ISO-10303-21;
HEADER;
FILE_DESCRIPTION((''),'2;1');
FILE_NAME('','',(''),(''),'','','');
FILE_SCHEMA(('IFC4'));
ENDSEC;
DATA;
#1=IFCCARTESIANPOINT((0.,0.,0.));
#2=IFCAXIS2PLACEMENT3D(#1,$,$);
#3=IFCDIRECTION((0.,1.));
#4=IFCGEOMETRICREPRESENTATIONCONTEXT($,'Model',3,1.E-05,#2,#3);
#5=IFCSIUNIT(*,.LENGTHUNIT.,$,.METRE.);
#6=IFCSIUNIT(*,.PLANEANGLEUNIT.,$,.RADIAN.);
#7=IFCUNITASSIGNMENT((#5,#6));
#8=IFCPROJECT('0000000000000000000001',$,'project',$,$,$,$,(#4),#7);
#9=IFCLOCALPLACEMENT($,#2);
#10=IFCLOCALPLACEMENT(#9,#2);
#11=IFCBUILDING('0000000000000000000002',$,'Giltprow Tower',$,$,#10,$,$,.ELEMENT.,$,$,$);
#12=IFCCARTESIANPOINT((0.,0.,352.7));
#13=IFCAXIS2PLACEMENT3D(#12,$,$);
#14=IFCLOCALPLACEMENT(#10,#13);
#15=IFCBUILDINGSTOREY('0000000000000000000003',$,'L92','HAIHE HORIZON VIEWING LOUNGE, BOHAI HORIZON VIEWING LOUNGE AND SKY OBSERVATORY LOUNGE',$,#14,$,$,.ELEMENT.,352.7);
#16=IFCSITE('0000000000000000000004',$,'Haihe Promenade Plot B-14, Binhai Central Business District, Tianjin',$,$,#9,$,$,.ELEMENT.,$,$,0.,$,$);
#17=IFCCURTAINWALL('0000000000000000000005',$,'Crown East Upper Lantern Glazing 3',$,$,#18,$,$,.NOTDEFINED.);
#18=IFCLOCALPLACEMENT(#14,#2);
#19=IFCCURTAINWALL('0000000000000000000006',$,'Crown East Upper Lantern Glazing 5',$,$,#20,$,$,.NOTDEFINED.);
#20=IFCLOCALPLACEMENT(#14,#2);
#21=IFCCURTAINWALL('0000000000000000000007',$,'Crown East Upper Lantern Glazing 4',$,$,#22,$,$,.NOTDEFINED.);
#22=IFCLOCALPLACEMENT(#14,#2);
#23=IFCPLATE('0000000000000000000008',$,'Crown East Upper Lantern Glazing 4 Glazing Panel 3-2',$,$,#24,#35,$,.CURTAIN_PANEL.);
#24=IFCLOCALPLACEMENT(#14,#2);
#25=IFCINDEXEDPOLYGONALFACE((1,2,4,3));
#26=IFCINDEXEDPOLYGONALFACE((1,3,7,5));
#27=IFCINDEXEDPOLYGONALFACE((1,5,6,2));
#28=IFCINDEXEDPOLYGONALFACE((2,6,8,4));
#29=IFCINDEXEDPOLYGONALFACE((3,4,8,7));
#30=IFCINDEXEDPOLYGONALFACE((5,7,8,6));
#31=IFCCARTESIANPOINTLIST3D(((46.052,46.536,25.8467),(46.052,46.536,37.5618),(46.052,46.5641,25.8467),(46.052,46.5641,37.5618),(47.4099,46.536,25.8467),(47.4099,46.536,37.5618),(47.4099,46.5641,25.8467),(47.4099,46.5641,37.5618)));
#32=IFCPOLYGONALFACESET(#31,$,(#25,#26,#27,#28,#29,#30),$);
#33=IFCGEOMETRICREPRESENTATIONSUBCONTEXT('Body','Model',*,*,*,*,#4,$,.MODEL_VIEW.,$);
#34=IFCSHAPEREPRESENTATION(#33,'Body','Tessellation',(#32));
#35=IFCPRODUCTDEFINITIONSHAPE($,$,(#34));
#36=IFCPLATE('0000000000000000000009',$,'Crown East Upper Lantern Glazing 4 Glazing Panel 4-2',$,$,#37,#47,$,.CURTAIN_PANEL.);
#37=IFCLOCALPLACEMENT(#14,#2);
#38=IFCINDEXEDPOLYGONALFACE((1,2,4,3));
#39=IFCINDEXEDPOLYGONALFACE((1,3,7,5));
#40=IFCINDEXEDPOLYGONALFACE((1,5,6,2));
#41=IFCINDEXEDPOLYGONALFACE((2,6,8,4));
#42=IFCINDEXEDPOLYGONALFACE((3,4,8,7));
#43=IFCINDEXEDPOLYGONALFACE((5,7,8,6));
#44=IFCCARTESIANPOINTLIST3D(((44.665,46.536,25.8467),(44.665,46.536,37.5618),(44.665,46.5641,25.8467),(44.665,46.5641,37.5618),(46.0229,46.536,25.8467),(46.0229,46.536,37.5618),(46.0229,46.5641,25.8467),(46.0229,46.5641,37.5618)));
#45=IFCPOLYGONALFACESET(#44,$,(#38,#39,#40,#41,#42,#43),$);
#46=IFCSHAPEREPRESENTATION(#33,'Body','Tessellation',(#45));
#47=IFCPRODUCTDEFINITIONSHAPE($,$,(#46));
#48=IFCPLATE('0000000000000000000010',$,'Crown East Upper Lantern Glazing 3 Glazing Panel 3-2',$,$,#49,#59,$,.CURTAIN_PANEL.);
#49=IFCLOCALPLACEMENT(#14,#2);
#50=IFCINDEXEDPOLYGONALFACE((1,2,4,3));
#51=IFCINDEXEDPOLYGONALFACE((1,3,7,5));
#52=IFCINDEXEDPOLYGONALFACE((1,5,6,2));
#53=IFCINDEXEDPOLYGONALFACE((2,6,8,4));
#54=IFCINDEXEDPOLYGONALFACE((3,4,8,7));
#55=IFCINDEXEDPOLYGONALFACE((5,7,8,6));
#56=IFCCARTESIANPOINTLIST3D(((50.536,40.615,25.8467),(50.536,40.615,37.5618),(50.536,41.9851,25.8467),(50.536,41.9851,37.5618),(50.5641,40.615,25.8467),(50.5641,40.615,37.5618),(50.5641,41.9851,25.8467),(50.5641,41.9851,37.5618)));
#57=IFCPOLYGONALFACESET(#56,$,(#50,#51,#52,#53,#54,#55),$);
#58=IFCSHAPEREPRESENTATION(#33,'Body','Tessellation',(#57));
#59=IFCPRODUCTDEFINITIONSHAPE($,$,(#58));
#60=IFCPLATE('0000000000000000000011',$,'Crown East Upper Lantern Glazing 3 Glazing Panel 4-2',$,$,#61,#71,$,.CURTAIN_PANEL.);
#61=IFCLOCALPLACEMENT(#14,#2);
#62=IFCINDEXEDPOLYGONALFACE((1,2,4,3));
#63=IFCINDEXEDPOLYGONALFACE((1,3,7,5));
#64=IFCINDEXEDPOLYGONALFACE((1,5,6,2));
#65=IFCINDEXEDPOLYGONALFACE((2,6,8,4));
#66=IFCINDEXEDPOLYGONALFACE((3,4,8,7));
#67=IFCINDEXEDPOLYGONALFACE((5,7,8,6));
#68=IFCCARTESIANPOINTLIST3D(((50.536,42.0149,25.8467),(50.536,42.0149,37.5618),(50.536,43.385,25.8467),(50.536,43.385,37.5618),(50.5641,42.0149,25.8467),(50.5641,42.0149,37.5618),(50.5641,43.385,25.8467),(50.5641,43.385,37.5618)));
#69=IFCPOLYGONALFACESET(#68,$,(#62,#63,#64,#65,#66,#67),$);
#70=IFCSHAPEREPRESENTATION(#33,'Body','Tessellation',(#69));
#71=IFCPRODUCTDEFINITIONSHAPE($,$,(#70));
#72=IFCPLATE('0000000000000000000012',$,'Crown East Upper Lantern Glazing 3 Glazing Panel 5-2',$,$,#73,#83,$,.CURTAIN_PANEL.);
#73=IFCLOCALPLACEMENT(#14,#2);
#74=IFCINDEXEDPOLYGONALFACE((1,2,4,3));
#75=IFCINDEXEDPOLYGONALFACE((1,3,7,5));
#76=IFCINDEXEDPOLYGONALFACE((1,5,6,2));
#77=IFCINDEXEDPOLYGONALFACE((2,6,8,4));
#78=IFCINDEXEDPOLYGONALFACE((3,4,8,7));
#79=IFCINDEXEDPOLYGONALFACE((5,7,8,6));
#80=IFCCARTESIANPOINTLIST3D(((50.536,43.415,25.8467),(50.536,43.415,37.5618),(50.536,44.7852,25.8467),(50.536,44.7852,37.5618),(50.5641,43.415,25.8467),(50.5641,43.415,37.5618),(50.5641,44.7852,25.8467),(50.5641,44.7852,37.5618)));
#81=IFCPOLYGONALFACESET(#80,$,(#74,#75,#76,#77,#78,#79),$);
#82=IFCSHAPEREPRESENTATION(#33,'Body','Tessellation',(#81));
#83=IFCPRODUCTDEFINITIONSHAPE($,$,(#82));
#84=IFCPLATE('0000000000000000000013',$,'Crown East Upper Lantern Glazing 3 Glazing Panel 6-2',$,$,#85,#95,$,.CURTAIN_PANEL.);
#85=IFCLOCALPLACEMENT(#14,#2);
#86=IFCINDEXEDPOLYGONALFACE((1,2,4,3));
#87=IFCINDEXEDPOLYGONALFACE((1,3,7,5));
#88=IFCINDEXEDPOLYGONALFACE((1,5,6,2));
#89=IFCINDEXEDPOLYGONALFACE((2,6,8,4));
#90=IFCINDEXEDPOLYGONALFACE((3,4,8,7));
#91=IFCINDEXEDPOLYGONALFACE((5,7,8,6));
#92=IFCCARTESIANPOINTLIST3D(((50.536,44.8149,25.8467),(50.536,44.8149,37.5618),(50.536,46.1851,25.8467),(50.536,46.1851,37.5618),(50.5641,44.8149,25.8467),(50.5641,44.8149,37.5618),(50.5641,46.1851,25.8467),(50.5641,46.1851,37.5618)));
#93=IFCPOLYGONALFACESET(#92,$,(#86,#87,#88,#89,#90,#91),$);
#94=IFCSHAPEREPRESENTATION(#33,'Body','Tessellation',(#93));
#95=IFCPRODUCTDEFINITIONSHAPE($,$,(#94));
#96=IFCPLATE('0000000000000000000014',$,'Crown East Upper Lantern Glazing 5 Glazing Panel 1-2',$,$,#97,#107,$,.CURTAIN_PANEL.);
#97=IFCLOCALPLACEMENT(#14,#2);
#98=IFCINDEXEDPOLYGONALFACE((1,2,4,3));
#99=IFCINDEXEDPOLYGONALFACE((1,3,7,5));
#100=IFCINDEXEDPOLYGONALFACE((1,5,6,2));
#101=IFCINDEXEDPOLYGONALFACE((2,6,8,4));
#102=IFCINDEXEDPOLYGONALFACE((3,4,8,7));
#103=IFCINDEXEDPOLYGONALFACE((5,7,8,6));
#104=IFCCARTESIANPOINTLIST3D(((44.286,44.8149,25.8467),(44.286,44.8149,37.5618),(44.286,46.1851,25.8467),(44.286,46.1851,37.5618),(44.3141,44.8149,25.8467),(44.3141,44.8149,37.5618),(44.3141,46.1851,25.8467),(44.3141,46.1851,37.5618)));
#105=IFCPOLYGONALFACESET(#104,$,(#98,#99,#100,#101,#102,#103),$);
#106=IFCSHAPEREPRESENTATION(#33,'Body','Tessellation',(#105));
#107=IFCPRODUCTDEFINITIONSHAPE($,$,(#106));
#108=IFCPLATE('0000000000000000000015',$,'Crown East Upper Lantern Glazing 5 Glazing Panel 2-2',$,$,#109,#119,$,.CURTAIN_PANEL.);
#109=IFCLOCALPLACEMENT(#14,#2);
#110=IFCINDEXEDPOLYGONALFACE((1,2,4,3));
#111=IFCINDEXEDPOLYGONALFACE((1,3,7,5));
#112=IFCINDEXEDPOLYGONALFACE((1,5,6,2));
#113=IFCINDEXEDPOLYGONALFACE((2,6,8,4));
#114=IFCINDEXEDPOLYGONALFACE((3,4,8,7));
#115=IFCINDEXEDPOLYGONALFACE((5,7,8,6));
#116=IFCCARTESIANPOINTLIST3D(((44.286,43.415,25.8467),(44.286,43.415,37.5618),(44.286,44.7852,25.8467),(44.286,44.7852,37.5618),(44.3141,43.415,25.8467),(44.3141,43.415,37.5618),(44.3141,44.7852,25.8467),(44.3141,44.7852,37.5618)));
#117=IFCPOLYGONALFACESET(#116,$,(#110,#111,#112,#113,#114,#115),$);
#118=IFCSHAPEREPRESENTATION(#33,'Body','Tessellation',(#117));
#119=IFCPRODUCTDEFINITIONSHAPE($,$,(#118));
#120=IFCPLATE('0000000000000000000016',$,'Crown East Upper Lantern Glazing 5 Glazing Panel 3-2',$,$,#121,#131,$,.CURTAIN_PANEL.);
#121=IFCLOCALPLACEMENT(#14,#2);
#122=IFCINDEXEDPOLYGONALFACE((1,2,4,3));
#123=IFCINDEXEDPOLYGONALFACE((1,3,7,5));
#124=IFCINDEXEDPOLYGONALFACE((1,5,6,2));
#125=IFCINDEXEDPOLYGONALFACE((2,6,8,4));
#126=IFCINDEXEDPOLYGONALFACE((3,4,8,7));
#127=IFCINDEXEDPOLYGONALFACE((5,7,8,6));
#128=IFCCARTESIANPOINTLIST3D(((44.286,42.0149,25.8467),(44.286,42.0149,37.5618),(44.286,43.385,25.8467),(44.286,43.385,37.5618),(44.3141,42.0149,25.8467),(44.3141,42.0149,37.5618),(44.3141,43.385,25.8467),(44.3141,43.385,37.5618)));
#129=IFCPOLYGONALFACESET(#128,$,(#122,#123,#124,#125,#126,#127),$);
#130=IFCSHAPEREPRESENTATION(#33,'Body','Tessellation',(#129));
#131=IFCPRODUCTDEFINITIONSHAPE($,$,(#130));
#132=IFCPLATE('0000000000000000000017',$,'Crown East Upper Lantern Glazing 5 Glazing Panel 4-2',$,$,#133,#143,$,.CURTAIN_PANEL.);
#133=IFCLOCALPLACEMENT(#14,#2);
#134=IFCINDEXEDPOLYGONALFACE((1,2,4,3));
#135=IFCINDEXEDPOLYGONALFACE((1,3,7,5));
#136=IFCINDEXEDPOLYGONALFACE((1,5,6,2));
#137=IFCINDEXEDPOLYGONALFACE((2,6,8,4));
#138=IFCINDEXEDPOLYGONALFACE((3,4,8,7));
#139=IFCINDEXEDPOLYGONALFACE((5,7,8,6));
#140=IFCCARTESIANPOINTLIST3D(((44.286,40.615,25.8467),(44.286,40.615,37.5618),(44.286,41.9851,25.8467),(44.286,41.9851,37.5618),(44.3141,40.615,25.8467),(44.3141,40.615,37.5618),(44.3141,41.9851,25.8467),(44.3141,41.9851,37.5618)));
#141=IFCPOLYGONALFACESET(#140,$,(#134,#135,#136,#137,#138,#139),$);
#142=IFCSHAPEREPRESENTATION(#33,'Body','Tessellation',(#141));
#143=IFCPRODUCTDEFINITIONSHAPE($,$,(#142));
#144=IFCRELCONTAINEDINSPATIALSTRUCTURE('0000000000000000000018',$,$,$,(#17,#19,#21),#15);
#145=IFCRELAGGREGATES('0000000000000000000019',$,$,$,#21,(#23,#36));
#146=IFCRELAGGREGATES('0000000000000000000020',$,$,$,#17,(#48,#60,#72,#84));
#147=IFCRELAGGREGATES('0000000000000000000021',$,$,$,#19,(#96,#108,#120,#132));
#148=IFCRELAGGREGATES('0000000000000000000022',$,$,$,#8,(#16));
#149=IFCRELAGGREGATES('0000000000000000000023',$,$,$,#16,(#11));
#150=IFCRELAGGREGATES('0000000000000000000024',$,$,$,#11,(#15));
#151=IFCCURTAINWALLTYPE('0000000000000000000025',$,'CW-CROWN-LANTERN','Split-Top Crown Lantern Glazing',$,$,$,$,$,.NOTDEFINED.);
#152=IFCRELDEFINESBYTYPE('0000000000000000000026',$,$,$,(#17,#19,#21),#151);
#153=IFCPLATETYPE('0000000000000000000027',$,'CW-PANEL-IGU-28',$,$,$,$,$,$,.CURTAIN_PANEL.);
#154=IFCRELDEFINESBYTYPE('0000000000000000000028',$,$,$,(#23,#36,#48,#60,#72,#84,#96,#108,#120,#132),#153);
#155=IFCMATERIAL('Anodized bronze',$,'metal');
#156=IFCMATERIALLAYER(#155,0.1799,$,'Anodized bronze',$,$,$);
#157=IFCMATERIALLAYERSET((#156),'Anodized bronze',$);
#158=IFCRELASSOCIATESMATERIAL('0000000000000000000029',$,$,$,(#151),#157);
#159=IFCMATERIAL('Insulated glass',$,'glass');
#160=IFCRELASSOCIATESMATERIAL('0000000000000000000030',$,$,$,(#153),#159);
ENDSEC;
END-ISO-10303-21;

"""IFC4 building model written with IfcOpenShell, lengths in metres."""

from ifc_helpers import new_model, si_unit, direction, frame, origin, origin_2d, place, context, subcontext, project, spatial, rectangle, extrude, source, transform, mapped, material, layer, layer_set, type_object, element, aggregate, save


model = new_model("IFC4")

# Units and contexts
model_context = context("Model", 3, precision=1e-05, world=origin(), true_north=direction((0.0, 1.0)))
body_context = subcontext(model_context, "Body", "Model", "MODEL_VIEW")
ifc_project = project(units=[si_unit("LENGTHUNIT", "METRE"), si_unit("PLANEANGLEUNIT", "RADIAN")], contexts=[model_context])

# Site, building, storey
site_placement = place(None, origin())
site = spatial("IfcSite", under=ifc_project, at=site_placement, Name="Haihe Promenade Plot B-14, Binhai Central Business District, Tianjin", CompositionType="ELEMENT", RefElevation=0.0)
building_placement = place(site_placement, origin())
building = spatial("IfcBuilding", under=site, at=building_placement, Name="Giltprow Tower", CompositionType="ELEMENT")
storey_placement = place(building_placement, frame((0.0, 0.0, 352.7)))
storey = spatial("IfcBuildingStorey", under=building, at=storey_placement, Name="L92", Description="HAIHE HORIZON VIEWING LOUNGE, BOHAI HORIZON VIEWING LOUNGE AND SKY OBSERVATORY LOUNGE", CompositionType="ELEMENT", Elevation=352.7)

# Curtain walls
ifc_material_1 = material(Name="Anodized bronze", Category="metal")
ifc_layer = layer(ifc_material_1, 0.1799, Name="Anodized bronze")
ifc_layer_set = layer_set([ifc_layer], Name="Anodized bronze")
curtain_wall_type = type_object("IfcCurtainWallType", Name="CW-CROWN-LANTERN", Description="Split-Top Crown Lantern Glazing", PredefinedType="NOTDEFINED", material=ifc_layer_set)
curtain_wall_1_placement = place(storey_placement, origin())
curtain_wall_1 = element("IfcCurtainWall", 1, at=curtain_wall_1_placement, inside=storey, type_object=curtain_wall_type, Name="Crown East Upper Lantern Glazing 3", PredefinedType="NOTDEFINED")
curtain_wall_2_placement = place(storey_placement, origin())
curtain_wall_2 = element("IfcCurtainWall", 2, at=curtain_wall_2_placement, inside=storey, type_object=curtain_wall_type, Name="Crown East Upper Lantern Glazing 5", PredefinedType="NOTDEFINED")
curtain_wall_3_placement = place(storey_placement, origin())
curtain_wall_3 = element("IfcCurtainWall", 3, at=curtain_wall_3_placement, inside=storey, type_object=curtain_wall_type, Name="Crown East Upper Lantern Glazing 4", PredefinedType="NOTDEFINED")

# Plates
ifc_material_2 = material(Name="Insulated glass", Category="glass")
plate_type_1 = type_object("IfcPlateType", Name="CW-PANEL-IGU-28", PredefinedType="CURTAIN_PANEL", material=ifc_material_2)
shared_shape_1 = source(origin(), body_context, "Body", "SweptSolid", [
    extrude(rectangle(XDim=1.3579, YDim=0.0281, at=origin_2d()), origin(), (0.0, 0.0, 1.0), 11.7151),
])
plate_1_placement = place(storey_placement, frame((46.731, 46.55, 25.8467), z_axis=(0.0, 0.0, 1.0), x_axis=(-1.0, 0.0, 0.0)))
plate_1 = element("IfcPlate", 4, at=plate_1_placement, type_object=plate_type_1, Name="Crown East Upper Lantern Glazing 4 Glazing Panel 3-2", PredefinedType="CURTAIN_PANEL", context=body_context, shape_type="MappedRepresentation", body=[
    mapped(shared_shape_1, transform((0.0, 0.0, 0.0), x_axis=(1.0, 0.0, 0.0), y_axis=(0.0, 1.0, 0.0), z_axis=(0.0, 0.0, 1.0), scale=1.0)),
])
plate_2_placement = place(storey_placement, frame((45.344, 46.55, 25.8467), z_axis=(0.0, 0.0, 1.0), x_axis=(-1.0, 0.0, 0.0)))
plate_2 = element("IfcPlate", 5, at=plate_2_placement, type_object=plate_type_1, Name="Crown East Upper Lantern Glazing 4 Glazing Panel 4-2", PredefinedType="CURTAIN_PANEL", context=body_context, shape_type="MappedRepresentation", body=[
    mapped(shared_shape_1, transform((0.0, 0.0, 0.0), x_axis=(1.0, 0.0, 0.0), y_axis=(0.0, 1.0, 0.0), z_axis=(0.0, 0.0, 1.0), scale=1.0)),
])
aggregate(curtain_wall_3, [plate_1, plate_2])
shared_shape_2 = source(origin(), body_context, "Body", "SweptSolid", [
    extrude(rectangle(XDim=1.3701, YDim=0.0281, at=origin_2d()), origin(), (0.0, 0.0, 1.0), 11.7151),
])
plate_3_placement = place(storey_placement, frame((50.55, 41.3, 25.8467), z_axis=(0.0, 0.0, 1.0), x_axis=(0.0, 1.0, 0.0)))
plate_3 = element("IfcPlate", 6, at=plate_3_placement, type_object=plate_type_1, Name="Crown East Upper Lantern Glazing 3 Glazing Panel 3-2", PredefinedType="CURTAIN_PANEL", context=body_context, shape_type="MappedRepresentation", body=[
    mapped(shared_shape_2, transform((0.0, 0.0, 0.0), x_axis=(1.0, 0.0, 0.0), y_axis=(0.0, 1.0, 0.0), z_axis=(0.0, 0.0, 1.0), scale=1.0)),
])
plate_4_placement = place(storey_placement, frame((50.55, 42.7, 25.8467), z_axis=(0.0, 0.0, 1.0), x_axis=(0.0, 1.0, 0.0)))
plate_4 = element("IfcPlate", 7, at=plate_4_placement, type_object=plate_type_1, Name="Crown East Upper Lantern Glazing 3 Glazing Panel 4-2", PredefinedType="CURTAIN_PANEL", context=body_context, shape_type="MappedRepresentation", body=[
    mapped(shared_shape_2, transform((0.0, 0.0, 0.0), x_axis=(1.0, 0.0, 0.0), y_axis=(0.0, 1.0, 0.0), z_axis=(0.0, 0.0, 1.0), scale=1.0)),
])
plate_5_placement = place(storey_placement, frame((50.55, 44.1001, 25.8467), z_axis=(0.0, 0.0, 1.0), x_axis=(0.0, 1.0, 0.0)))
plate_5 = element("IfcPlate", 8, at=plate_5_placement, type_object=plate_type_1, Name="Crown East Upper Lantern Glazing 3 Glazing Panel 5-2", PredefinedType="CURTAIN_PANEL", context=body_context, shape_type="MappedRepresentation", body=[
    mapped(shared_shape_2, transform((0.0, 0.0, 0.0), x_axis=(1.0, 0.0, 0.0), y_axis=(0.0, 1.0, 0.0), z_axis=(0.0, 0.0, 1.0), scale=1.0)),
])
plate_6_placement = place(storey_placement, frame((50.55, 45.5, 25.8467), z_axis=(0.0, 0.0, 1.0), x_axis=(0.0, 1.0, 0.0)))
plate_6 = element("IfcPlate", 9, at=plate_6_placement, type_object=plate_type_1, Name="Crown East Upper Lantern Glazing 3 Glazing Panel 6-2", PredefinedType="CURTAIN_PANEL", context=body_context, shape_type="MappedRepresentation", body=[
    mapped(shared_shape_2, transform((0.0, 0.0, 0.0), x_axis=(1.0, 0.0, 0.0), y_axis=(0.0, 1.0, 0.0), z_axis=(0.0, 0.0, 1.0), scale=1.0)),
])
aggregate(curtain_wall_1, [plate_3, plate_4, plate_5, plate_6])
plate_7_placement = place(storey_placement, frame((44.3, 45.5, 25.8467), z_axis=(0.0, 0.0, 1.0), x_axis=(0.0, -1.0, 0.0)))
plate_7 = element("IfcPlate", 10, at=plate_7_placement, type_object=plate_type_1, Name="Crown East Upper Lantern Glazing 5 Glazing Panel 1-2", PredefinedType="CURTAIN_PANEL", context=body_context, shape_type="MappedRepresentation", body=[
    mapped(shared_shape_2, transform((0.0, 0.0, 0.0), x_axis=(1.0, 0.0, 0.0), y_axis=(0.0, 1.0, 0.0), z_axis=(0.0, 0.0, 1.0), scale=1.0)),
])
plate_8_placement = place(storey_placement, frame((44.3, 44.1001, 25.8467), z_axis=(0.0, 0.0, 1.0), x_axis=(0.0, -1.0, 0.0)))
plate_8 = element("IfcPlate", 11, at=plate_8_placement, type_object=plate_type_1, Name="Crown East Upper Lantern Glazing 5 Glazing Panel 2-2", PredefinedType="CURTAIN_PANEL", context=body_context, shape_type="MappedRepresentation", body=[
    mapped(shared_shape_2, transform((0.0, 0.0, 0.0), x_axis=(1.0, 0.0, 0.0), y_axis=(0.0, 1.0, 0.0), z_axis=(0.0, 0.0, 1.0), scale=1.0)),
])
plate_9_placement = place(storey_placement, frame((44.3, 42.7, 25.8467), z_axis=(0.0, 0.0, 1.0), x_axis=(0.0, -1.0, 0.0)))
plate_9 = element("IfcPlate", 12, at=plate_9_placement, type_object=plate_type_1, Name="Crown East Upper Lantern Glazing 5 Glazing Panel 3-2", PredefinedType="CURTAIN_PANEL", context=body_context, shape_type="MappedRepresentation", body=[
    mapped(shared_shape_2, transform((0.0, 0.0, 0.0), x_axis=(1.0, 0.0, 0.0), y_axis=(0.0, 1.0, 0.0), z_axis=(0.0, 0.0, 1.0), scale=1.0)),
])
plate_10_placement = place(storey_placement, frame((44.3, 41.3, 25.8467), z_axis=(0.0, 0.0, 1.0), x_axis=(0.0, -1.0, 0.0)))
plate_10 = element("IfcPlate", 13, at=plate_10_placement, type_object=plate_type_1, Name="Crown East Upper Lantern Glazing 5 Glazing Panel 4-2", PredefinedType="CURTAIN_PANEL", context=body_context, shape_type="MappedRepresentation", body=[
    mapped(shared_shape_2, transform((0.0, 0.0, 0.0), x_axis=(1.0, 0.0, 0.0), y_axis=(0.0, 1.0, 0.0), z_axis=(0.0, 0.0, 1.0), scale=1.0)),
])
aggregate(curtain_wall_2, [plate_7, plate_8, plate_9, plate_10])

save(model, "model.ifc")
